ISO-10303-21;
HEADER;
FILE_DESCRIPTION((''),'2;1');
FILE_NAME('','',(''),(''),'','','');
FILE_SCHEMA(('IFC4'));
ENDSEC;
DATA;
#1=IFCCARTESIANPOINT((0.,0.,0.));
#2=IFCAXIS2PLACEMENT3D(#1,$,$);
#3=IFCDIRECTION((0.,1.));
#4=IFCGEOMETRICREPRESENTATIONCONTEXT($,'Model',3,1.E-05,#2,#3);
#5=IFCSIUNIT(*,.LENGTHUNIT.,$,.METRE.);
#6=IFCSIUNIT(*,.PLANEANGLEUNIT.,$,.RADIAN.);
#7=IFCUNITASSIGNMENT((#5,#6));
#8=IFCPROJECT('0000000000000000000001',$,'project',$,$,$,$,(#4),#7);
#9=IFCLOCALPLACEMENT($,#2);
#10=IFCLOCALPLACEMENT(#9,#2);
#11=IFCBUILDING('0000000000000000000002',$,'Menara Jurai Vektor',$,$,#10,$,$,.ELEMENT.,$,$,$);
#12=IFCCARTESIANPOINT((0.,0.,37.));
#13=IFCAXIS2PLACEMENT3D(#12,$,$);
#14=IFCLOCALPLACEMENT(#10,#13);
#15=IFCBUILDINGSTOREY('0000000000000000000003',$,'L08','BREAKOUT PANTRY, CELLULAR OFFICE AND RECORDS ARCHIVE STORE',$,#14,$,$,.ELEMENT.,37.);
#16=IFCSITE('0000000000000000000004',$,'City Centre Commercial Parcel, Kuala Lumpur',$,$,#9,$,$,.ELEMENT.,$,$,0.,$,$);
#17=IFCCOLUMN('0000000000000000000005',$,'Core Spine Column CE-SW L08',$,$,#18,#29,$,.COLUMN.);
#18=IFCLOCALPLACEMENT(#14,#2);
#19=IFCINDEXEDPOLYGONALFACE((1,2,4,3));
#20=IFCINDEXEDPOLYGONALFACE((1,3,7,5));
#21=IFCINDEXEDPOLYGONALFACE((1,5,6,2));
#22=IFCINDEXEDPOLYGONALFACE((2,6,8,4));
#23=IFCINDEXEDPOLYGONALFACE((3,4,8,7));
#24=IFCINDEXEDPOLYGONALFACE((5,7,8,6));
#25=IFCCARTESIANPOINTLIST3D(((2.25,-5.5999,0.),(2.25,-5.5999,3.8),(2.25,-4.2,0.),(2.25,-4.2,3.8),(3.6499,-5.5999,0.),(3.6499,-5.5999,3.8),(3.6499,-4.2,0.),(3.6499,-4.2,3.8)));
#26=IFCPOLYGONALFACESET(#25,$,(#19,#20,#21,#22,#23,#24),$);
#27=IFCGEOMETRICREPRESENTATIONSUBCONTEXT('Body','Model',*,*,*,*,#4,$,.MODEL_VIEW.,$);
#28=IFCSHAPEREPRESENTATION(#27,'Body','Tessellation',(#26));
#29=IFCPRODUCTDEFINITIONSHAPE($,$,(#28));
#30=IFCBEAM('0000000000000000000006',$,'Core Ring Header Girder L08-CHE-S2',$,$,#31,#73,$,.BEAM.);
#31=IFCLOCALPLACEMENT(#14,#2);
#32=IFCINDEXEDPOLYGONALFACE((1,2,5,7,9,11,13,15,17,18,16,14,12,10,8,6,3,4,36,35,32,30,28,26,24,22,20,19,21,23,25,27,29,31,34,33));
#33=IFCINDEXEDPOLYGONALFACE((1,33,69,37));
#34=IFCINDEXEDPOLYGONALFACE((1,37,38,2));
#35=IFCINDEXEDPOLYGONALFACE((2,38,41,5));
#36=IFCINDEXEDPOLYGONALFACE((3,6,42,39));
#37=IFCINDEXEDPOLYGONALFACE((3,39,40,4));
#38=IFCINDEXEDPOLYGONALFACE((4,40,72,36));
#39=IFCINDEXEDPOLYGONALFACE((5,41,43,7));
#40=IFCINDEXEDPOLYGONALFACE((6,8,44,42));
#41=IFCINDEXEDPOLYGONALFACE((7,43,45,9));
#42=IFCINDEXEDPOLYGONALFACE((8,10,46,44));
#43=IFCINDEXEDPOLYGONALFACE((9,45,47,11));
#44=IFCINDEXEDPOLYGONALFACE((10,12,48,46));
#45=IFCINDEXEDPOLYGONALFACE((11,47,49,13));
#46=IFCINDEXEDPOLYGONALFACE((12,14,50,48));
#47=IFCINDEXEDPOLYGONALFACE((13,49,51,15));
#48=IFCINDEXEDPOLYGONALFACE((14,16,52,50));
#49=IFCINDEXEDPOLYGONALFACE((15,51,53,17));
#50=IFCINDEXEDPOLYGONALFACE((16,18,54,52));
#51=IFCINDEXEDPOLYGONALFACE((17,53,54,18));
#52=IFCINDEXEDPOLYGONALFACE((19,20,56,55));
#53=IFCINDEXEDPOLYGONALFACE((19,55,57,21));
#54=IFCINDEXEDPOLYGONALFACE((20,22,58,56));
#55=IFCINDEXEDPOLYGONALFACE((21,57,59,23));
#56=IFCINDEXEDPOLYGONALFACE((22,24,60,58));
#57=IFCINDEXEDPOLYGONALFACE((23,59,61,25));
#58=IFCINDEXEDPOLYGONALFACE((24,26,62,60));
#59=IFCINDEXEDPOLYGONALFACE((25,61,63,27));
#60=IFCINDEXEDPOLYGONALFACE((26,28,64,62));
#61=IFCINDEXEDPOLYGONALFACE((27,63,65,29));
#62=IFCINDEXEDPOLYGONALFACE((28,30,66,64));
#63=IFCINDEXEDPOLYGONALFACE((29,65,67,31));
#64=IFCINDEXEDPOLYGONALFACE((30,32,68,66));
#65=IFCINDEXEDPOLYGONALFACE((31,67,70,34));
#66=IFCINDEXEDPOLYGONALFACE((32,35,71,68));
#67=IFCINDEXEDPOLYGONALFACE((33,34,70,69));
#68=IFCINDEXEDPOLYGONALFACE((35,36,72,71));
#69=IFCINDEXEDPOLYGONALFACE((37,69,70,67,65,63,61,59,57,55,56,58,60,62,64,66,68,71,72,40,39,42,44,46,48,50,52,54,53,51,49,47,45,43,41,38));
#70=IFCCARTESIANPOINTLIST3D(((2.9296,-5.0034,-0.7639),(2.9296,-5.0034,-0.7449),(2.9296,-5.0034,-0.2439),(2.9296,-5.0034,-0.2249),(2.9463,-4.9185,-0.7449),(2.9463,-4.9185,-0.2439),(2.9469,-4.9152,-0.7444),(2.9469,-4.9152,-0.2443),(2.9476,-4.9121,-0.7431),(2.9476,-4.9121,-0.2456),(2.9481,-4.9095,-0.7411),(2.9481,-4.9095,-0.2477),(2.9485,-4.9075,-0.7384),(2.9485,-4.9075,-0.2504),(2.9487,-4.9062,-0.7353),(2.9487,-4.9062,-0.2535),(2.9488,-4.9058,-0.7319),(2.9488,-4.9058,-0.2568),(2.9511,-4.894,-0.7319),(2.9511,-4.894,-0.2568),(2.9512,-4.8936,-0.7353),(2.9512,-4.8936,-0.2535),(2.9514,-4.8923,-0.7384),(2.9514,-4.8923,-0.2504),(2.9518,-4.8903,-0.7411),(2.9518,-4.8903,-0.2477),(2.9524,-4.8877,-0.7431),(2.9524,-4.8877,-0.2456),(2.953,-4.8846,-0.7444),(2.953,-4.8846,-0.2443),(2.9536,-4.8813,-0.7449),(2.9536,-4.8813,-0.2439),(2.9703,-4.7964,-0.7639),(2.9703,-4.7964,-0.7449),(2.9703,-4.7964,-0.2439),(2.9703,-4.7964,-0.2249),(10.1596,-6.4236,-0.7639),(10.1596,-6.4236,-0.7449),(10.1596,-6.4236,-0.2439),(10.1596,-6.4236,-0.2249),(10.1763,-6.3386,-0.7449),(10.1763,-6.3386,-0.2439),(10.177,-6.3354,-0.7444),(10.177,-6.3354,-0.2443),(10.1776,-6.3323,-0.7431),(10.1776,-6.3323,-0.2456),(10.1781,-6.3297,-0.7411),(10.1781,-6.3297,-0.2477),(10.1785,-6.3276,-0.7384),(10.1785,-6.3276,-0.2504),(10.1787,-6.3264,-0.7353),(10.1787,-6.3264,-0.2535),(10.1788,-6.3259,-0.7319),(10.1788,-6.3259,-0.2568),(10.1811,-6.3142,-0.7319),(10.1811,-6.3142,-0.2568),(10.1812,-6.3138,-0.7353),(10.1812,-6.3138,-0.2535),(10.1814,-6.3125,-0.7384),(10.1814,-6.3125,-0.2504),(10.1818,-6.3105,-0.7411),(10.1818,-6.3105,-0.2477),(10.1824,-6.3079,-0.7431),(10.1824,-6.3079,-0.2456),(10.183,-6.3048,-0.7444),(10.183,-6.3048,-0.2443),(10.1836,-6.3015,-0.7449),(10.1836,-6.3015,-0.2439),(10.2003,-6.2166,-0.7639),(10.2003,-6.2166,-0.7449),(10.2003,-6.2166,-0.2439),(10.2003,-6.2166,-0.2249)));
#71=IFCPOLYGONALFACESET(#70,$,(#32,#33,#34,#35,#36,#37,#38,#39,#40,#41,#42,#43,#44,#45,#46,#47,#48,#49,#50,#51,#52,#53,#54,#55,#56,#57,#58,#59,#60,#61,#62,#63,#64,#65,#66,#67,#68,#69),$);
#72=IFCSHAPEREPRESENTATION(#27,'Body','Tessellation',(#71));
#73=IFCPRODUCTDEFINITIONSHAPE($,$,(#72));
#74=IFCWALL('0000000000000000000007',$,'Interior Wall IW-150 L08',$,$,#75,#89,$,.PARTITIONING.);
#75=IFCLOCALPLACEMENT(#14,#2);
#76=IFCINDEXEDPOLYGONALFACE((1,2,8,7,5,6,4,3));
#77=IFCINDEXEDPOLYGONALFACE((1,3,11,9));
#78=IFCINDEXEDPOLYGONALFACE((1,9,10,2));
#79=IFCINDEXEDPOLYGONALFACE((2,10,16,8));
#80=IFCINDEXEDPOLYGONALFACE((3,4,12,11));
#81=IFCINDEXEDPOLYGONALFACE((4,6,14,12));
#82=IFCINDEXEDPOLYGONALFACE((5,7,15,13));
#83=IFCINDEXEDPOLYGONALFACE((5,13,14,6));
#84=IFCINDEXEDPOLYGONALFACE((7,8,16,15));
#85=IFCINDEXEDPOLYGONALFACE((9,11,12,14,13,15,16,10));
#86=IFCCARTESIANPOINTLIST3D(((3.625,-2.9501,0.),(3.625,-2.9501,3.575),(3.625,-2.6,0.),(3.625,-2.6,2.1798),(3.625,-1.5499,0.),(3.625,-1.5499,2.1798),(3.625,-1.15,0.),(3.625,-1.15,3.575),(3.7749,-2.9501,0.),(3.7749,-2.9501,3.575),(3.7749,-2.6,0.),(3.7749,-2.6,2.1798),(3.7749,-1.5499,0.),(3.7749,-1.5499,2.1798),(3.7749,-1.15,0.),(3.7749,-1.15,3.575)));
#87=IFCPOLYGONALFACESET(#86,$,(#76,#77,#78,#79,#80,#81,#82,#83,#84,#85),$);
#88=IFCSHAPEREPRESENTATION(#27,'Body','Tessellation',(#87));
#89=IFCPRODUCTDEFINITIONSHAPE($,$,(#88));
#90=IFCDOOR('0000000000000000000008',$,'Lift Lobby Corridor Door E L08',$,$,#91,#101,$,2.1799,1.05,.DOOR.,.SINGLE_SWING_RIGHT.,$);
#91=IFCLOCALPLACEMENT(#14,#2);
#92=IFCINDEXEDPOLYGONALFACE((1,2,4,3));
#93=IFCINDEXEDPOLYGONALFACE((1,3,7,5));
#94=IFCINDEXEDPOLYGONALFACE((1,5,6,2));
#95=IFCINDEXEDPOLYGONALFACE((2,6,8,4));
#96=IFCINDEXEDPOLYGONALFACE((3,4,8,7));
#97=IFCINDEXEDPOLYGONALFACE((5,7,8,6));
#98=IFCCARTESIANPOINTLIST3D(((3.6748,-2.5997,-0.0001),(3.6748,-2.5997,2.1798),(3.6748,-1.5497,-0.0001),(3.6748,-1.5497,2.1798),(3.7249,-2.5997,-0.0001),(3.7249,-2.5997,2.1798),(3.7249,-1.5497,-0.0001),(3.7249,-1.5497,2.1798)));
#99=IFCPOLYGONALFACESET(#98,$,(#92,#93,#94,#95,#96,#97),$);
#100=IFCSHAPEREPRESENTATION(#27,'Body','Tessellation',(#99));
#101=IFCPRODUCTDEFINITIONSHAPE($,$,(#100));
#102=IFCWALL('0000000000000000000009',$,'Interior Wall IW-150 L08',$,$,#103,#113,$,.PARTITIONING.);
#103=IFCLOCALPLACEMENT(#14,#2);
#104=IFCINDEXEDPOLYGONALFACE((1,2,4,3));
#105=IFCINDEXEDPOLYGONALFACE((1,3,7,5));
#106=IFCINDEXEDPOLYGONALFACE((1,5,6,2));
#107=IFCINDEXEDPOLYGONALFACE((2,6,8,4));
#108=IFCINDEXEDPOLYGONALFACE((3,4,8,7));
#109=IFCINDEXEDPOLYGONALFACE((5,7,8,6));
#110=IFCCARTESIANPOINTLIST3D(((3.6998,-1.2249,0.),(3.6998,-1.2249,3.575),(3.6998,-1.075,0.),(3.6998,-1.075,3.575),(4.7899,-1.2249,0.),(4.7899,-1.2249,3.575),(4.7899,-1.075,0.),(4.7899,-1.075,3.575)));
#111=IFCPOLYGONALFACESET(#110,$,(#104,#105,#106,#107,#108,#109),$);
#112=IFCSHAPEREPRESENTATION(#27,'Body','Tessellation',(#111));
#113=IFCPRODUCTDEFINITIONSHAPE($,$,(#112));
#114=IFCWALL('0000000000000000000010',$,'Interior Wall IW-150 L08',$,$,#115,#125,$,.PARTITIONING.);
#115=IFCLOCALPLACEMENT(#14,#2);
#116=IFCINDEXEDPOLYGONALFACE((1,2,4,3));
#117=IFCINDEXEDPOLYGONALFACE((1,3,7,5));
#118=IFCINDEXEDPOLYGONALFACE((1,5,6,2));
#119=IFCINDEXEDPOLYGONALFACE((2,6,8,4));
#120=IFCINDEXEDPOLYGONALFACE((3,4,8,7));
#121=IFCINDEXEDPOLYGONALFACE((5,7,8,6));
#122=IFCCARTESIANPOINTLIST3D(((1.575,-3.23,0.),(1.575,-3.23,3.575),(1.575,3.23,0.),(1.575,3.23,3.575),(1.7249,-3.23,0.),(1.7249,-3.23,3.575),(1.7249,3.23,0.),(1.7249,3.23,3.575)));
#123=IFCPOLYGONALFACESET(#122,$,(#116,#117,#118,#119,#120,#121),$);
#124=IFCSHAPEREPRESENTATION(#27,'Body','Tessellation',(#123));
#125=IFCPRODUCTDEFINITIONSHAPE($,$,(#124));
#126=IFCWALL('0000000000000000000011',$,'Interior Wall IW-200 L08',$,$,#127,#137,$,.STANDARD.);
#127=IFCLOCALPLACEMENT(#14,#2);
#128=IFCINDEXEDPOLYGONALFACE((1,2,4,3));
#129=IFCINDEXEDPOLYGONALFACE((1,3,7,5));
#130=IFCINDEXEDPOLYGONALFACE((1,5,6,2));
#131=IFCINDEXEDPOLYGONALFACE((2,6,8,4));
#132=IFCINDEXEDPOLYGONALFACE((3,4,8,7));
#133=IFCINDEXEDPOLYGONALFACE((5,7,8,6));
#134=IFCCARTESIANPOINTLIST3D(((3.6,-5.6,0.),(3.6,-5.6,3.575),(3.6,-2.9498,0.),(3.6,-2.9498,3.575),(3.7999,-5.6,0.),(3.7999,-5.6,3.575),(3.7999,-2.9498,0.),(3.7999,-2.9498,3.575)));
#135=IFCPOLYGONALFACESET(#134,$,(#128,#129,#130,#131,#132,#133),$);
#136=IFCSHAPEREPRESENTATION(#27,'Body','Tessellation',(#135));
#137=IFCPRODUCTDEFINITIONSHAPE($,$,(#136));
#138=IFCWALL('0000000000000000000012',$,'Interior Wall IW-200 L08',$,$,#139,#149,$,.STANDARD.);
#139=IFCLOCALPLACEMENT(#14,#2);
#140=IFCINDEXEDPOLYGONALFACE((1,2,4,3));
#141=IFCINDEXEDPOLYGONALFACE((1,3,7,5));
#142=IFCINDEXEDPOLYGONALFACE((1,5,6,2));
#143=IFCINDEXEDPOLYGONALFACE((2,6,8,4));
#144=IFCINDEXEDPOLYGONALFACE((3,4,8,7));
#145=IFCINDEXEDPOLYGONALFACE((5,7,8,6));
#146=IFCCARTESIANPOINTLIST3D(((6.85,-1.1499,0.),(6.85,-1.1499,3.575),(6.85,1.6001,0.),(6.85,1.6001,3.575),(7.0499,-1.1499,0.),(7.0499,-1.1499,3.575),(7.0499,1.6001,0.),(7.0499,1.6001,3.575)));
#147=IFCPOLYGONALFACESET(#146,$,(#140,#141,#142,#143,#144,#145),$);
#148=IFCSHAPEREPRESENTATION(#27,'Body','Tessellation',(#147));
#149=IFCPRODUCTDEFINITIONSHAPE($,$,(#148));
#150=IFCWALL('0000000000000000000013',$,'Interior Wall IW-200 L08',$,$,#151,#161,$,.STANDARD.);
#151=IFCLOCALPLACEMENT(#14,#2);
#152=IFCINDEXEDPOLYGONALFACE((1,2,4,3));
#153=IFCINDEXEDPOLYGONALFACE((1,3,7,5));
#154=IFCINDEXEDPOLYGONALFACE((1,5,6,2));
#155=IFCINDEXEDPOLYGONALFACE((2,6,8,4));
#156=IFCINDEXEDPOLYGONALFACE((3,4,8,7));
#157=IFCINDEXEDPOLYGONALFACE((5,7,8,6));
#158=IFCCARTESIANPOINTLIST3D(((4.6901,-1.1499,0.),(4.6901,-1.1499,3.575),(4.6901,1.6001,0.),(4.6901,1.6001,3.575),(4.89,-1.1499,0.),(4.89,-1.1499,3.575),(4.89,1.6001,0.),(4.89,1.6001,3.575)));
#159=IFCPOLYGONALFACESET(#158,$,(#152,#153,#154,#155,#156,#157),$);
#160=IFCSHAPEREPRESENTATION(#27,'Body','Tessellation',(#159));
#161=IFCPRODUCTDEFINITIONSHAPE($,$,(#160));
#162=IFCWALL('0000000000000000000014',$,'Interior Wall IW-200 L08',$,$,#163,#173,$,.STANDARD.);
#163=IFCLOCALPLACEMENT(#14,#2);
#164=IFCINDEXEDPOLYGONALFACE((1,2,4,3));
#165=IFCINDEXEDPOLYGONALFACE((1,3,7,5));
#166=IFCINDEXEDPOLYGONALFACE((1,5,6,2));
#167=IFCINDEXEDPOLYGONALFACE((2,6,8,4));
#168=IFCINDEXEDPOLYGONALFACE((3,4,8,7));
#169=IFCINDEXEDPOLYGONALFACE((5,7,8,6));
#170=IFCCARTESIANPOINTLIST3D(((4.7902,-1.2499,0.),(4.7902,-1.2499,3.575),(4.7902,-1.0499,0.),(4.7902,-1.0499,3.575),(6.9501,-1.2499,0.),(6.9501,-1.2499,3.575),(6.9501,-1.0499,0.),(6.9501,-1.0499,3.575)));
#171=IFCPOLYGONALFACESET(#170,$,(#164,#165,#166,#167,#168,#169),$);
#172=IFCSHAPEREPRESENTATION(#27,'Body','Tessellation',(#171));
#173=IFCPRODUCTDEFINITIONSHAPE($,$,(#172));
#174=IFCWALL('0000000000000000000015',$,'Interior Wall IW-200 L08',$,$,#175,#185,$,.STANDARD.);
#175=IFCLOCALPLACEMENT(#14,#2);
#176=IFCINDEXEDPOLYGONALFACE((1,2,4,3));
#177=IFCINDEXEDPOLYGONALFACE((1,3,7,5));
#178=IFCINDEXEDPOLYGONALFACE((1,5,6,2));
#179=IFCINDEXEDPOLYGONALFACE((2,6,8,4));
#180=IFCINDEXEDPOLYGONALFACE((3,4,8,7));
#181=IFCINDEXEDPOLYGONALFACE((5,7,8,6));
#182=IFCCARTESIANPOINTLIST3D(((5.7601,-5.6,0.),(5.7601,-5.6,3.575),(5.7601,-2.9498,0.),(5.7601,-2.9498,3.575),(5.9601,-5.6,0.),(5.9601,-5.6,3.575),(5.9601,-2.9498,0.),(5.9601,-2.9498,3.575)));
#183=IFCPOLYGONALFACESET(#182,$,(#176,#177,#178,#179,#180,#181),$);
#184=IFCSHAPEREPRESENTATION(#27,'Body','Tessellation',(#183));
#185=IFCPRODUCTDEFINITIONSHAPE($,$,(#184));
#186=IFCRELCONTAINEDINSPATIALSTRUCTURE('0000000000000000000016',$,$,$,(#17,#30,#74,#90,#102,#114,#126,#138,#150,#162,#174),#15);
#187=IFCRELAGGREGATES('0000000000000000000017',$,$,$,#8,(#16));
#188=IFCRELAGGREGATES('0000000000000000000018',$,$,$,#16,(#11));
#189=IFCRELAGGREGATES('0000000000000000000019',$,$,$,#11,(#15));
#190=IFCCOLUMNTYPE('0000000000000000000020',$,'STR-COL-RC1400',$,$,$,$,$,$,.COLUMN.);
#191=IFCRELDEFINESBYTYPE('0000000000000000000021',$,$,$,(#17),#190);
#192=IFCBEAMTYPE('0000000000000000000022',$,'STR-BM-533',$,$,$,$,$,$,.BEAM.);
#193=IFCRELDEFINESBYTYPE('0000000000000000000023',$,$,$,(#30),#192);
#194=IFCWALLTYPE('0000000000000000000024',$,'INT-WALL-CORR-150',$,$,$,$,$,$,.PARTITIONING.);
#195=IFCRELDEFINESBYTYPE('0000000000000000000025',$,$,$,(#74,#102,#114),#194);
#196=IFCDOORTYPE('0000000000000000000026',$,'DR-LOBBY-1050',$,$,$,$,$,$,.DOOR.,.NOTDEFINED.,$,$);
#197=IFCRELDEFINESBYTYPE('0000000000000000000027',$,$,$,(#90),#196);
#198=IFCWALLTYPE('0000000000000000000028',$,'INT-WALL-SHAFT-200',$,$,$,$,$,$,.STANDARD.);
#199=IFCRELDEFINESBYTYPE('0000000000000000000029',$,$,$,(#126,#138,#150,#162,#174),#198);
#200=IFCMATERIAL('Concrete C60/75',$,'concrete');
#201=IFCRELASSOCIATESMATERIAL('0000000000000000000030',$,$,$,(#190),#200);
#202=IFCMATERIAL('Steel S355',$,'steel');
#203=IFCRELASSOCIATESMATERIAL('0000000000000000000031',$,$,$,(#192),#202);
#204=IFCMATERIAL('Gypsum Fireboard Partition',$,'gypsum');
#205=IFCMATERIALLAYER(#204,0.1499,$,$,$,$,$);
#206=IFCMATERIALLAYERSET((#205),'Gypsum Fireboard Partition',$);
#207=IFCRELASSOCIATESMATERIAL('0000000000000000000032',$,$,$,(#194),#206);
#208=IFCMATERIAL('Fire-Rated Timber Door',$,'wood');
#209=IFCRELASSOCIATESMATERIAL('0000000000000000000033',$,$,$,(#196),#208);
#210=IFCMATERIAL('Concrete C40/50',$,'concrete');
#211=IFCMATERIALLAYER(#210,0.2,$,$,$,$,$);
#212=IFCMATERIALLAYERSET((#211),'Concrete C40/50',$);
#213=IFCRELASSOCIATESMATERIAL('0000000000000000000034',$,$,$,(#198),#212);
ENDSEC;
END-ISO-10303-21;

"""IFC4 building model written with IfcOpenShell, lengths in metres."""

from ifc_helpers import new_model, si_unit, direction, frame, frame_2d, origin, origin_2d, place, context, subcontext, project, spatial, rectangle, i_section, extrude, material, layer, layer_set, material_profile, profile_set, type_object, element, fill, save


model = new_model("IFC4")

# Units and contexts
model_context = context("Model", 3, precision=1e-05, world=origin(), true_north=direction((0.0, 1.0)))
body_context = subcontext(model_context, "Body", "Model", "MODEL_VIEW")
ifc_project = project(units=[si_unit("LENGTHUNIT", "METRE"), si_unit("PLANEANGLEUNIT", "RADIAN")], contexts=[model_context])

# Site, building, storey
site_placement = place(None, origin())
site = spatial("IfcSite", under=ifc_project, at=site_placement, Name="City Centre Commercial Parcel, Kuala Lumpur", CompositionType="ELEMENT", RefElevation=0.0)
building_placement = place(site_placement, origin())
building = spatial("IfcBuilding", under=site, at=building_placement, Name="Menara Jurai Vektor", CompositionType="ELEMENT")
storey_placement = place(building_placement, frame((0.0, 0.0, 37.0)))
storey = spatial("IfcBuildingStorey", under=building, at=storey_placement, Name="L08", Description="BREAKOUT PANTRY, CELLULAR OFFICE AND RECORDS ARCHIVE STORE", CompositionType="ELEMENT", Elevation=37.0)

# Column
ifc_material_1 = material(Name="Concrete C60/75", Category="concrete")
ifc_material_profile_1 = material_profile(ifc_material_1, rectangle(XDim=1.3999, YDim=1.3999, at=origin_2d()), Name="RC 1400x1400")
ifc_profile_set_1 = profile_set([ifc_material_profile_1], Name="Concrete C60/75")
column_type = type_object("IfcColumnType", Name="STR-COL-RC1400", PredefinedType="COLUMN", material=ifc_profile_set_1)
column_placement = place(storey_placement, frame((2.95, -4.8999, 0.0), z_axis=(0.0, 0.0, 1.0), x_axis=(1.0, 0.0, 0.0)))
element("IfcColumn", 1, at=column_placement, inside=storey, type_object=column_type, Name="Core Spine Column CE-SW L08", PredefinedType="COLUMN", context=body_context, shape_type="SweptSolid", body=[
    extrude(rectangle(XDim=1.3999, YDim=1.3999, at=origin_2d()), origin(), (0.0, 0.0, 1.0), 3.8),
])

# Beam
ifc_material_2 = material(Name="Steel S355", Category="steel")
ifc_material_profile_2 = material_profile(ifc_material_2, i_section(OverallWidth=0.2109, OverallDepth=0.5391, WebThickness=0.012, FlangeThickness=0.019, FilletRadius=0.0129, at=origin_2d()), Name="UKB 533x210x109")
ifc_profile_set_2 = profile_set([ifc_material_profile_2], Name="Steel S355")
beam_type = type_object("IfcBeamType", Name="STR-BM-533", PredefinedType="BEAM", material=ifc_profile_set_2)
beam_placement = place(storey_placement, frame((2.95, -4.8999, -0.4944), z_axis=(0.981249, -0.192744, 0.0), x_axis=(0.192744, 0.981249, 0.0)))
element("IfcBeam", 2, at=beam_placement, inside=storey, type_object=beam_type, Name="Core Ring Header Girder L08-CHE-S2", PredefinedType="BEAM", context=body_context, shape_type="SweptSolid", body=[
    extrude(i_section(OverallWidth=0.2109, OverallDepth=0.5391, WebThickness=0.012, FlangeThickness=0.019, FilletRadius=0.0129, at=origin_2d()), origin(), (0.0, 0.0, 1.0), 7.3682),
])

# Wall, opening, door
ifc_material_3 = material(Name="Gypsum Fireboard Partition", Category="gypsum")
ifc_layer_1 = layer(ifc_material_3, 0.1499)
ifc_layer_set_1 = layer_set([ifc_layer_1], Name="Gypsum Fireboard Partition")
wall_type_1 = type_object("IfcWallType", Name="INT-WALL-CORR-150", PredefinedType="PARTITIONING", material=ifc_layer_set_1)
wall_1_placement = place(storey_placement, frame((3.7, -2.95, 0.0), z_axis=(0.0, 0.0, 1.0), x_axis=(0.0, 1.0, 0.0)))
wall_1 = element("IfcWall", 3, at=wall_1_placement, inside=storey, type_object=wall_type_1, Name="Interior Wall IW-150 L08", PredefinedType="PARTITIONING", context=body_context, shape_type="SweptSolid", body=[
    extrude(rectangle(XDim=1.8, YDim=0.1499, at=frame_2d((0.8999, 0.0))), origin(), (0.0, 0.0, 1.0), 3.575),
])
opening_1_placement = place(wall_1_placement, frame((0.3501, 0.0, 0.0)))
opening_1 = element("IfcOpeningElement", 4, at=opening_1_placement, cuts=wall_1, PredefinedType="OPENING", context=body_context, shape_type="SweptSolid", body=[
    extrude(rectangle(XDim=1.05, YDim=2.1799, at=frame_2d((0.5249, 1.0898))), frame((0.0, 0.085, 0.0), z_axis=(0.0, -1.0, 0.0), x_axis=(1.0, 0.0, 0.0)), (0.0, 0.0, 1.0), 0.1699),
])
ifc_material_4 = material(Name="Fire-Rated Timber Door", Category="wood")
door_type_1 = type_object("IfcDoorType", Name="DR-LOBBY-1050", OperationType="NOTDEFINED", PredefinedType="DOOR", material=ifc_material_4)
door_1_placement = place(opening_1_placement, frame((1.05, 0.0, 0.0), z_axis=(0.0, 0.0, 1.0), x_axis=(-1.0, 0.0, 0.0)))
door_1 = element("IfcDoor", 5, at=door_1_placement, inside=storey, type_object=door_type_1, Name="Lift Lobby Corridor Door E L08", OperationType="SINGLE_SWING_RIGHT", OverallHeight=2.1799, OverallWidth=1.05, PredefinedType="DOOR", context=body_context, shape_type="SweptSolid", body=[
    extrude(rectangle(XDim=1.05, YDim=2.1799, at=frame_2d((0.5249, 1.0898))), frame((0.0, 0.0249, 0.0), z_axis=(0.0, -1.0, 0.0), x_axis=(1.0, 0.0, 0.0)), (0.0, 0.0, 1.0), 0.05),
])
fill(opening_1, door_1)

# Walls
wall_2_placement = place(storey_placement, frame((3.7, -1.1499, 0.0), z_axis=(0.0, 0.0, 1.0), x_axis=(1.0, 0.0, 0.0)))
element("IfcWall", 6, at=wall_2_placement, inside=storey, type_object=wall_type_1, Name="Interior Wall IW-150 L08", PredefinedType="PARTITIONING", context=body_context, shape_type="SweptSolid", body=[
    extrude(rectangle(XDim=1.0901, YDim=0.1499, at=frame_2d((0.5449, 0.0))), origin(), (0.0, 0.0, 1.0), 3.575),
])
wall_3_placement = place(storey_placement, frame((1.6499, -3.23, 0.0), z_axis=(0.0, 0.0, 1.0), x_axis=(0.0, 1.0, 0.0)))
element("IfcWall", 7, at=wall_3_placement, inside=storey, type_object=wall_type_1, Name="Interior Wall IW-150 L08", PredefinedType="PARTITIONING", context=body_context, shape_type="SweptSolid", body=[
    extrude(rectangle(XDim=6.46, YDim=0.1499, at=frame_2d((3.23, 0.0))), origin(), (0.0, 0.0, 1.0), 3.575),
])

# Shared definitions
ifc_material_5 = material(Name="Concrete C40/50", Category="concrete")
ifc_layer_2 = layer(ifc_material_5, 0.2)
ifc_layer_set_2 = layer_set([ifc_layer_2], Name="Concrete C40/50")
wall_type_2 = type_object("IfcWallType", Name="INT-WALL-SHAFT-200", PredefinedType="STANDARD", material=ifc_layer_set_2)

# Walls
wall_4_placement = place(storey_placement, frame((3.7, -5.6001, 0.0), z_axis=(0.0, 0.0, 1.0), x_axis=(0.0, 1.0, 0.0)))
element("IfcWall", 8, at=wall_4_placement, inside=storey, type_object=wall_type_2, Name="Interior Wall IW-200 L08", PredefinedType="STANDARD", context=body_context, shape_type="SweptSolid", body=[
    extrude(rectangle(XDim=2.6501, YDim=0.2, at=frame_2d((1.3252, 0.0))), origin(), (0.0, 0.0, 1.0), 3.575),
])
wall_5_placement = place(storey_placement, frame((6.95, -1.1499, 0.0), z_axis=(0.0, 0.0, 1.0), x_axis=(0.0, 1.0, 0.0)))
element("IfcWall", 9, at=wall_5_placement, inside=storey, type_object=wall_type_2, Name="Interior Wall IW-200 L08", PredefinedType="STANDARD", context=body_context, shape_type="SweptSolid", body=[
    extrude(rectangle(XDim=2.75, YDim=0.2, at=frame_2d((1.375, 0.0))), origin(), (0.0, 0.0, 1.0), 3.575),
])

# Walls
wall_6_placement = place(storey_placement, frame((4.79, -1.1499, 0.0), z_axis=(0.0, 0.0, 1.0), x_axis=(0.0, 1.0, 0.0)))
element("IfcWall", 10, at=wall_6_placement, inside=storey, type_object=wall_type_2, Name="Interior Wall IW-200 L08", PredefinedType="STANDARD", context=body_context, shape_type="SweptSolid", body=[
    extrude(rectangle(XDim=2.75, YDim=0.2, at=frame_2d((1.375, 0.0))), origin(), (0.0, 0.0, 1.0), 3.575),
])
wall_7_placement = place(storey_placement, frame((4.79, -1.1499, 0.0), z_axis=(0.0, 0.0, 1.0), x_axis=(1.0, 0.0, 0.0)))
element("IfcWall", 11, at=wall_7_placement, inside=storey, type_object=wall_type_2, Name="Interior Wall IW-200 L08", PredefinedType="STANDARD", context=body_context, shape_type="SweptSolid", body=[
    extrude(rectangle(XDim=2.1599, YDim=0.2, at=frame_2d((1.0801, 0.0))), origin(), (0.0, 0.0, 1.0), 3.575),
])

# Wall
wall_8_placement = place(storey_placement, frame((5.8601, -5.6001, 0.0), z_axis=(0.0, 0.0, 1.0), x_axis=(0.0, 1.0, 0.0)))
element("IfcWall", 12, at=wall_8_placement, inside=storey, type_object=wall_type_2, Name="Interior Wall IW-200 L08", PredefinedType="STANDARD", context=body_context, shape_type="SweptSolid", body=[
    extrude(rectangle(XDim=2.6501, YDim=0.2, at=frame_2d((1.3252, 0.0))), origin(), (0.0, 0.0, 1.0), 3.575),
])

save(model, "model.ifc")
